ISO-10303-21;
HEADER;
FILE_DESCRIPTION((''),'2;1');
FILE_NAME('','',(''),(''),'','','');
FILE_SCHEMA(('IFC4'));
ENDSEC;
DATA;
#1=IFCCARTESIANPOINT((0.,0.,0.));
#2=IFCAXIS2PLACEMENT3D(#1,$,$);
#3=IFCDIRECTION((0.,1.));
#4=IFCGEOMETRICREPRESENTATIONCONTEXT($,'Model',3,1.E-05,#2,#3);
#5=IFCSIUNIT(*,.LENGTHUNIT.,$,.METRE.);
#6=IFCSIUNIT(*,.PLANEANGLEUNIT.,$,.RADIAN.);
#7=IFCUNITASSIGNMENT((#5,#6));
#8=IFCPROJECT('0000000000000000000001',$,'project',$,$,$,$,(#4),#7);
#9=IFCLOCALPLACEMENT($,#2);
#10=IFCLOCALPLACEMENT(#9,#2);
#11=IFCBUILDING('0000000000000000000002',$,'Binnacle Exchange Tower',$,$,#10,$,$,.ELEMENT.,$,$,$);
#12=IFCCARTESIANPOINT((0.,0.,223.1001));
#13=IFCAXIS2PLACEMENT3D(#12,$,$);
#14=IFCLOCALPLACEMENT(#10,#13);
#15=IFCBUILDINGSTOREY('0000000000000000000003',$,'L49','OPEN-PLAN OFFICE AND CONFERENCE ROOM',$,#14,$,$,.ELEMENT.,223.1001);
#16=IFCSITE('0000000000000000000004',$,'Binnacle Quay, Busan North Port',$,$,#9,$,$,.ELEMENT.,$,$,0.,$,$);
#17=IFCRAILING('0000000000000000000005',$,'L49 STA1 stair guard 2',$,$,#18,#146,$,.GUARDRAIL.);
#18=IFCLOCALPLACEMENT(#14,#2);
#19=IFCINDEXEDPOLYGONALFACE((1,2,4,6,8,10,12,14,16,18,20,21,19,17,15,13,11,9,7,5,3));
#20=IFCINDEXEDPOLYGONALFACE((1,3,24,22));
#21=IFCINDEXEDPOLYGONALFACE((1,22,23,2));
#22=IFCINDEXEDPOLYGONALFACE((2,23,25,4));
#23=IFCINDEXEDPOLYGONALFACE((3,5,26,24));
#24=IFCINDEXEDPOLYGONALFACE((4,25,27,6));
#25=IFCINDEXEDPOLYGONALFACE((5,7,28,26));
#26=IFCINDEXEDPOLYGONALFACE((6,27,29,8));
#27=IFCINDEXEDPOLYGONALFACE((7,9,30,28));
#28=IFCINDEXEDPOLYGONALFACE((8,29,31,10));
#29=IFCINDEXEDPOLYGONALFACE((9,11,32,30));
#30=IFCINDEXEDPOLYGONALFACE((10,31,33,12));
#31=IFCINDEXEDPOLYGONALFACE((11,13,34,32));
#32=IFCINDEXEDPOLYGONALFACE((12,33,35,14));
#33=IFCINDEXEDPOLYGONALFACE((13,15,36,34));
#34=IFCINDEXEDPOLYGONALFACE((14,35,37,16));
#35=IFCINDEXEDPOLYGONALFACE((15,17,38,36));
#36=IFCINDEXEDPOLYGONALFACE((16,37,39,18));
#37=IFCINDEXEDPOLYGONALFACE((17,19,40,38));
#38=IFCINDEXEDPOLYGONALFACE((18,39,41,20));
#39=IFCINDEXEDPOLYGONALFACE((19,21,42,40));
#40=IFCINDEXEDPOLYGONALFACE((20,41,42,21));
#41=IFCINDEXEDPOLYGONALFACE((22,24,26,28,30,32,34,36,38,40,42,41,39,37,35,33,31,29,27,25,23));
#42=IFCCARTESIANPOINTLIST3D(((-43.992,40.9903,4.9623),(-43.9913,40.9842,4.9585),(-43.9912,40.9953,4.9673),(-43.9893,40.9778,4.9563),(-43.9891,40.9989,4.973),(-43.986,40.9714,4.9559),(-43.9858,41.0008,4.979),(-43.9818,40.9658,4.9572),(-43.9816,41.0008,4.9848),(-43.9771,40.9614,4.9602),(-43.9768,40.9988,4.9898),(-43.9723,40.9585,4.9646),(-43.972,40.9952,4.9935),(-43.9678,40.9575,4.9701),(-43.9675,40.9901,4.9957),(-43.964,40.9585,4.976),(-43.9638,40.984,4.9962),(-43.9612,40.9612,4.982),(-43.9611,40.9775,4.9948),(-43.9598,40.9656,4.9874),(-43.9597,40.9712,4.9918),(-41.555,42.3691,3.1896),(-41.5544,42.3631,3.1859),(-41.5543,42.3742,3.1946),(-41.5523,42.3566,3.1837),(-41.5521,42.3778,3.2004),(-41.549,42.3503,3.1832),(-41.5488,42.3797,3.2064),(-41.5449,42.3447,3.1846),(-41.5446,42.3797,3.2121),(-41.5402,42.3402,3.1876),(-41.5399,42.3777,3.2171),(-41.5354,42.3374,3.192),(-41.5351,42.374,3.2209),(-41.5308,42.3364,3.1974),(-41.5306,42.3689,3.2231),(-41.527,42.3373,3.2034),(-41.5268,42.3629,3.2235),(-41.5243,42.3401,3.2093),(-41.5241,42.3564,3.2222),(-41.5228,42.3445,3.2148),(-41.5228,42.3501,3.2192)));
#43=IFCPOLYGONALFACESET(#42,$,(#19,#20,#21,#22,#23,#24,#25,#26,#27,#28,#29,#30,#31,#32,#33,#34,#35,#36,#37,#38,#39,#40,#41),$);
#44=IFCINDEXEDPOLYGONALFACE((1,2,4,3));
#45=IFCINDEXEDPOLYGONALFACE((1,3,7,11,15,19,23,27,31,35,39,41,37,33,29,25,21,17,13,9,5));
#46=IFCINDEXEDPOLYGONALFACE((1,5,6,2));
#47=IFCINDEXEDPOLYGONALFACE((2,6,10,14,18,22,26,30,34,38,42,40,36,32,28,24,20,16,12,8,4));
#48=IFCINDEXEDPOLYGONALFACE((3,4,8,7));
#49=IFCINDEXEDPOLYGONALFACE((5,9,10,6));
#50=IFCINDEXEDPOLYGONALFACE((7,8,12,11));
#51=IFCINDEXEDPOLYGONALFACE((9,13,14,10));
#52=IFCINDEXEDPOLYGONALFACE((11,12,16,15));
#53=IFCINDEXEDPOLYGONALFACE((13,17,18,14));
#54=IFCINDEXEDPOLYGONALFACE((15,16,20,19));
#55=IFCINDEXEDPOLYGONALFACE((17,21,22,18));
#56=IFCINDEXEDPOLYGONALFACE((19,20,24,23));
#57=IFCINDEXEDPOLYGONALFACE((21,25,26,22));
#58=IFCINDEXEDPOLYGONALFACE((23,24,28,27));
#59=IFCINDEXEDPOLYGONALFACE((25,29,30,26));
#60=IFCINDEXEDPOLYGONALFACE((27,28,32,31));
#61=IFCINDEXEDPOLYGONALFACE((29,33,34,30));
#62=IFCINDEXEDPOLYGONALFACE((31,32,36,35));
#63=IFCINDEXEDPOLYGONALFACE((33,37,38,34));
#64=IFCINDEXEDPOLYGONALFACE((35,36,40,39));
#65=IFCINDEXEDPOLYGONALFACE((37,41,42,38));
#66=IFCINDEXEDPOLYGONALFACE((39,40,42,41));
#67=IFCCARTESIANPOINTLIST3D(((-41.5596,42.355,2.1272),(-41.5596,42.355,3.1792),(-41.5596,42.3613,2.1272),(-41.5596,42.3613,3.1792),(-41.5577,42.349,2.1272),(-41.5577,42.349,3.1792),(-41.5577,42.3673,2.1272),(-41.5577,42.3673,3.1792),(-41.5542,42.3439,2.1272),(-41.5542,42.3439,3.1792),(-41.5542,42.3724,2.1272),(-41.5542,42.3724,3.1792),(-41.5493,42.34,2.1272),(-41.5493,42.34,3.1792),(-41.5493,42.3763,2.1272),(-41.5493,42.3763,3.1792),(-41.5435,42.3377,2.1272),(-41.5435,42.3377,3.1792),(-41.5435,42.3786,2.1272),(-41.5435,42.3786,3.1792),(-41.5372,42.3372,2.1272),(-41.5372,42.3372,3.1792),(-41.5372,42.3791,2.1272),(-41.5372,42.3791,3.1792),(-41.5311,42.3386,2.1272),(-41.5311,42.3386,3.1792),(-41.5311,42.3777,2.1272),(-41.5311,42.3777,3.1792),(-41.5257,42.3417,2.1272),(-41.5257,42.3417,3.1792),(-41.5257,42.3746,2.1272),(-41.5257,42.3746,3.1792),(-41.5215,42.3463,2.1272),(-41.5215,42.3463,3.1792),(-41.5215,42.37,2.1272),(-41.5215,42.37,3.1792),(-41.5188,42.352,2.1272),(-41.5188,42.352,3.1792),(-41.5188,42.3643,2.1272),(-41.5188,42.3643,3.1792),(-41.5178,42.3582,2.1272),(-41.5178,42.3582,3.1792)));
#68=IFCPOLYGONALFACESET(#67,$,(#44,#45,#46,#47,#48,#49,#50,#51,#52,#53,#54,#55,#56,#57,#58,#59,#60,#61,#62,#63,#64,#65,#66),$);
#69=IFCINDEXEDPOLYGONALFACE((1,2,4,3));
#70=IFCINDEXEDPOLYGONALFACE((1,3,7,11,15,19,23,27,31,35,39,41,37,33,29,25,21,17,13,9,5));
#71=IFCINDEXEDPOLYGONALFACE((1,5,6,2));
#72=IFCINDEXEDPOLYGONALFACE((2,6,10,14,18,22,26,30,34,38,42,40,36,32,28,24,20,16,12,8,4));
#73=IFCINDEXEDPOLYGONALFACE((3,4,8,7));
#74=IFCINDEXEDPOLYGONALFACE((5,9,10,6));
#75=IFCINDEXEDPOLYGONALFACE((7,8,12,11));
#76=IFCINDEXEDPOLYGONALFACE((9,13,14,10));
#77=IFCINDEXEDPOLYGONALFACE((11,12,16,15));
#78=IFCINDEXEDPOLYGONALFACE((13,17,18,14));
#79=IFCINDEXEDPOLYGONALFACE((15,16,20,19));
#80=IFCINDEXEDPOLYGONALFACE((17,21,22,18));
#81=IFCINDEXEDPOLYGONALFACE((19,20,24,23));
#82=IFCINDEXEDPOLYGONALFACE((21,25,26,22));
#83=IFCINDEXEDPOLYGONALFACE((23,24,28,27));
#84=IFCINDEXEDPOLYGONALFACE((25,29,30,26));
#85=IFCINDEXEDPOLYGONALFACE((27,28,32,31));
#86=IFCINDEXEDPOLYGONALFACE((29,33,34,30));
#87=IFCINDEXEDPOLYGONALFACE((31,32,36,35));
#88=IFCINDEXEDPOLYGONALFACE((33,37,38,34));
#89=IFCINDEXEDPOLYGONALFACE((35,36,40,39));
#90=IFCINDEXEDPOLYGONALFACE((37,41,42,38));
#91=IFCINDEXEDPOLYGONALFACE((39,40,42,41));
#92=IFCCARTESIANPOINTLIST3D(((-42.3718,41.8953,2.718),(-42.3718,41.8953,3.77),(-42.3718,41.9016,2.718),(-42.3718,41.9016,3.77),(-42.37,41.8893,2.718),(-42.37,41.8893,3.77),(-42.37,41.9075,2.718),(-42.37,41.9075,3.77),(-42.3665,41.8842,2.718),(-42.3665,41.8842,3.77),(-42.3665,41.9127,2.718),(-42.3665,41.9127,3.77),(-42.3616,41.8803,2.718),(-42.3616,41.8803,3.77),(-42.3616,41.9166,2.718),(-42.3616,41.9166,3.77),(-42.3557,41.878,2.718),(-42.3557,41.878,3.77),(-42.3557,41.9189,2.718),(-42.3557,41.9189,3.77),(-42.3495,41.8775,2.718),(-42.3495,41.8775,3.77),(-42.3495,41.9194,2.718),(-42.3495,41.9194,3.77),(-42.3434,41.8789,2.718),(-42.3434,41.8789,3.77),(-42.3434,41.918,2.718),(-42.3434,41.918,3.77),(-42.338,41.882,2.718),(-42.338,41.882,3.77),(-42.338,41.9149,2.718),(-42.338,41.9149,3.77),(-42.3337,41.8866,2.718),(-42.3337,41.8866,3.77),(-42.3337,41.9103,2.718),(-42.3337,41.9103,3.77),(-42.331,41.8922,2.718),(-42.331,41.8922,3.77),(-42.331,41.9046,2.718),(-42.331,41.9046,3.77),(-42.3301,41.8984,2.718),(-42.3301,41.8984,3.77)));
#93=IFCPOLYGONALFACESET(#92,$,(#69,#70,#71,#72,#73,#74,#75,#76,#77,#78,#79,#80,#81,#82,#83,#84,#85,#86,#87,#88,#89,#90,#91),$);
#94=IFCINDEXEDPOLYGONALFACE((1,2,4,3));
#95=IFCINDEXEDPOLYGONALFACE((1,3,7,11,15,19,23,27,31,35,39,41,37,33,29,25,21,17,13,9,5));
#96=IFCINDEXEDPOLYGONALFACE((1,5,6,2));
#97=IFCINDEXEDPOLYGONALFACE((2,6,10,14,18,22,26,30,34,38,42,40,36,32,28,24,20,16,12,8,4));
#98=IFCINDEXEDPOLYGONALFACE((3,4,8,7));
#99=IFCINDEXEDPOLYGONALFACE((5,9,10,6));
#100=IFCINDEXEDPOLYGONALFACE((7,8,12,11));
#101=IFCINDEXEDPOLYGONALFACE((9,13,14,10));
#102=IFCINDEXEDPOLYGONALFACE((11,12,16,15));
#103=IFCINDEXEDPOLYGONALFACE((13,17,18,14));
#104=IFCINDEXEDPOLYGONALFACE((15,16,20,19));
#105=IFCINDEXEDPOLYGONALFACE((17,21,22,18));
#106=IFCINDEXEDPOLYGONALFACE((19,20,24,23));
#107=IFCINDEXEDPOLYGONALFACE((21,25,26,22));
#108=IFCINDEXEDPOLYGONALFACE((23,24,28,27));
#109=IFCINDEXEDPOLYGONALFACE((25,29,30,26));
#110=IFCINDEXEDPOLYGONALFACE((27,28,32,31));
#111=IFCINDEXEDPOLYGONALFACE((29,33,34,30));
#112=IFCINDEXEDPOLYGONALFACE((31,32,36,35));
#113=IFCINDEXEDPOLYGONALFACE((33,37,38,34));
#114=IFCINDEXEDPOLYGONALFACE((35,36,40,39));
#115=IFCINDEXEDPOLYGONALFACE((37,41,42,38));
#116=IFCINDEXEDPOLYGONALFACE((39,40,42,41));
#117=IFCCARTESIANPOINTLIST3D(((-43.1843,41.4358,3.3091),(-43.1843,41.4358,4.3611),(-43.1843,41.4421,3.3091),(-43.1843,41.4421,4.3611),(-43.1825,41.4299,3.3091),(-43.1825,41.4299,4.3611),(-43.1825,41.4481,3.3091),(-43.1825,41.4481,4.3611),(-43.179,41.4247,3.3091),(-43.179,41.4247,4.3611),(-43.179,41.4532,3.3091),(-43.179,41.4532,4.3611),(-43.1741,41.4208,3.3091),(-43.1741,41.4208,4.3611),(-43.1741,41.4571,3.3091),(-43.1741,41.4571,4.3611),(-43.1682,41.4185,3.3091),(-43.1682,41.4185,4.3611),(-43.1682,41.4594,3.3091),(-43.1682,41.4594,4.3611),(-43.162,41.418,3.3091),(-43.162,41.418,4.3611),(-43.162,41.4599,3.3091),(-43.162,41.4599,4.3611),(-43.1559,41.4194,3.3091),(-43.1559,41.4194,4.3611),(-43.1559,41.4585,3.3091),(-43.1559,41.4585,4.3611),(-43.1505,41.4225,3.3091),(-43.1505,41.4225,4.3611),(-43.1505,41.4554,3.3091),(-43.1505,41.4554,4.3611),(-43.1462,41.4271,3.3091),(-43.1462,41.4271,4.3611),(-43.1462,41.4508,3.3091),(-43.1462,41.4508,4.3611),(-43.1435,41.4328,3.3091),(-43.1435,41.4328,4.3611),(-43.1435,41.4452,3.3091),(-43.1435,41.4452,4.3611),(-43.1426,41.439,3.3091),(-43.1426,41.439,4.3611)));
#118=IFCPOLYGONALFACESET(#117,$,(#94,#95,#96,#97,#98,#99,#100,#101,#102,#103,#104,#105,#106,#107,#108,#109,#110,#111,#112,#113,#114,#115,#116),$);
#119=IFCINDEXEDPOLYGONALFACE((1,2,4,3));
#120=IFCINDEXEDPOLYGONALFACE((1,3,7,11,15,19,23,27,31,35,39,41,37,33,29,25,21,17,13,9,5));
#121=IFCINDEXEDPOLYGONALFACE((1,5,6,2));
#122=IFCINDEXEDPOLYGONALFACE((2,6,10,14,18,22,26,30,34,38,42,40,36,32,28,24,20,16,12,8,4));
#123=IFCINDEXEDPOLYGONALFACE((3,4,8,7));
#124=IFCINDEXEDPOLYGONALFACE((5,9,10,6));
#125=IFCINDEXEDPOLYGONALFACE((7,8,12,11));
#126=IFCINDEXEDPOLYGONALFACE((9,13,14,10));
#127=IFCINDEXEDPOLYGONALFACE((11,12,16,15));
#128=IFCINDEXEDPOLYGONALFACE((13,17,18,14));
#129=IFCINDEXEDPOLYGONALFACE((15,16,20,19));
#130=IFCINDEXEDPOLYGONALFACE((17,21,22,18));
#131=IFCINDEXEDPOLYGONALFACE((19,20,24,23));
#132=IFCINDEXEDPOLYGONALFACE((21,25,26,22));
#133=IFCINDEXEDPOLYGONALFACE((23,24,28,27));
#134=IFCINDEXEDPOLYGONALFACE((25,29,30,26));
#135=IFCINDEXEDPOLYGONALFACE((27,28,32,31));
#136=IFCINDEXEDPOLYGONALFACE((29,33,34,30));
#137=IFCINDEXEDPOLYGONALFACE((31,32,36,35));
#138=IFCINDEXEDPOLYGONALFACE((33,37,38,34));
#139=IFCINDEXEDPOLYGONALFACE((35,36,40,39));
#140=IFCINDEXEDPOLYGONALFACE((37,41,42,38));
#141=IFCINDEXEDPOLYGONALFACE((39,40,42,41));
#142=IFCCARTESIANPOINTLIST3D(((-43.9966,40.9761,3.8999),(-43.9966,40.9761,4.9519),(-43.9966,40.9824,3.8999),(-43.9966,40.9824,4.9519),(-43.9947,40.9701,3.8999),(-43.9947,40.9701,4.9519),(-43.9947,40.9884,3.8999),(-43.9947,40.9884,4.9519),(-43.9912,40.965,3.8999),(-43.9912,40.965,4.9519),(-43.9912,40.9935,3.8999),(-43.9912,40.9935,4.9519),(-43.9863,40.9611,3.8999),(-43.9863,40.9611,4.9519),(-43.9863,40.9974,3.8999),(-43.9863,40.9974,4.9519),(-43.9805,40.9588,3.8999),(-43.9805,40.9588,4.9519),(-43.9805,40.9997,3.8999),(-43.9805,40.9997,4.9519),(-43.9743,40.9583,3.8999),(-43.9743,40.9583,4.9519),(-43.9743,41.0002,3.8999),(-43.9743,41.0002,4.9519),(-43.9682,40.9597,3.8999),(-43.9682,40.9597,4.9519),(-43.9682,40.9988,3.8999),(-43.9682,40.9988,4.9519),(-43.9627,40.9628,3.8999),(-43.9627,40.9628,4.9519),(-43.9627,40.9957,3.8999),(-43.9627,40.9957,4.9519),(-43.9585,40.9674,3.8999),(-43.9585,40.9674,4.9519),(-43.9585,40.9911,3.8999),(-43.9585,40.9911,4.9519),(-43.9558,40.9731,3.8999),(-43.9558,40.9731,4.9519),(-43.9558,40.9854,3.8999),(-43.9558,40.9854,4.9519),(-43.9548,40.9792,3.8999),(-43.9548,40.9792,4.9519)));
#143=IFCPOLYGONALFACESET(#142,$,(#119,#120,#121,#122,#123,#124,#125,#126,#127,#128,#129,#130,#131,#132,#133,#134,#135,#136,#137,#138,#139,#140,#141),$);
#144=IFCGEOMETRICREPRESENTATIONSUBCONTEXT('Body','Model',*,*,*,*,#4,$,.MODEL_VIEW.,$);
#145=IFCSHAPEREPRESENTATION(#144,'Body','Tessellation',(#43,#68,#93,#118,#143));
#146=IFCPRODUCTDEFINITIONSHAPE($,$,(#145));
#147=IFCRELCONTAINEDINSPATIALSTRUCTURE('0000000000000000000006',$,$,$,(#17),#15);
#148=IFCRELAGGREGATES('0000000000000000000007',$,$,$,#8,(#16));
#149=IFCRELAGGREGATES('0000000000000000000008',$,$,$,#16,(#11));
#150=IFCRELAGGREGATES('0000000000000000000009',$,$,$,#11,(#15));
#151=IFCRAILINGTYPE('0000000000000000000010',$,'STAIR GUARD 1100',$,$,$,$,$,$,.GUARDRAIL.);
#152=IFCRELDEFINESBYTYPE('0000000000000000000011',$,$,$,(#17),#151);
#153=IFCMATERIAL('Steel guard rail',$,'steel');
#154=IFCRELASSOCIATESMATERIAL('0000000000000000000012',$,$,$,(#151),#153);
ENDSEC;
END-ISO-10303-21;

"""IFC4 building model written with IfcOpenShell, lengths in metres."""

from ifc_helpers import new_model, si_unit, direction, frame, origin, origin_2d, place, context, subcontext, project, spatial, circle, extrude, material, type_object, element, save


model = new_model("IFC4")

# Units and contexts
model_context = context("Model", 3, precision=1e-05, world=origin(), true_north=direction((0.0, 1.0)))
body_context = subcontext(model_context, "Body", "Model", "MODEL_VIEW")
ifc_project = project(units=[si_unit("LENGTHUNIT", "METRE"), si_unit("PLANEANGLEUNIT", "RADIAN")], contexts=[model_context])

# Site, building, storey
site_placement = place(None, origin())
site = spatial("IfcSite", under=ifc_project, at=site_placement, Name="Binnacle Quay, Busan North Port", CompositionType="ELEMENT", RefElevation=0.0)
building_placement = place(site_placement, origin())
building = spatial("IfcBuilding", under=site, at=building_placement, Name="Binnacle Exchange Tower", CompositionType="ELEMENT")
storey_placement = place(building_placement, frame((0.0, 0.0, 223.1001)))
storey = spatial("IfcBuildingStorey", under=building, at=storey_placement, Name="L49", Description="OPEN-PLAN OFFICE AND CONFERENCE ROOM", CompositionType="ELEMENT", Elevation=223.1001)

# Railing
ifc_material_1 = material(Name="Steel guard rail", Category="steel")
railing_type = type_object("IfcRailingType", Name="STAIR GUARD 1100", PredefinedType="GUARDRAIL", material=ifc_material_1)
railing_1_placement = place(storey_placement, frame((-41.5388, 42.3582, 2.1272)))
element("IfcRailing", 1, at=railing_1_placement, inside=storey, type_object=railing_type, Name="L49 STA1 stair guard 2", PredefinedType="GUARDRAIL", context=body_context, shape_type="SweptSolid", body=[
    extrude(circle(Radius=0.0239, at=origin_2d()), frame((0.0, 0.0, 1.0762), z_axis=(-0.735359, -0.41608, 0.534907), x_axis=(0.492454, -0.870339, 0.0)), (0.0, 0.0, 1.0), 3.314),
    extrude(circle(Radius=0.021, at=origin_2d()), origin(), (0.0, 0.0, 1.0), 1.052),
    extrude(circle(Radius=0.021, at=origin_2d()), frame((-0.8123, -0.4597, 0.5908)), (0.0, 0.0, 1.0), 1.052),
    extrude(circle(Radius=0.021, at=origin_2d()), frame((-1.6248, -0.9192, 1.1819)), (0.0, 0.0, 1.0), 1.052),
    extrude(circle(Radius=0.021, at=origin_2d()), frame((-2.437, -1.3789, 1.7727)), (0.0, 0.0, 1.0), 1.052),
])

save(model, "model.ifc")
